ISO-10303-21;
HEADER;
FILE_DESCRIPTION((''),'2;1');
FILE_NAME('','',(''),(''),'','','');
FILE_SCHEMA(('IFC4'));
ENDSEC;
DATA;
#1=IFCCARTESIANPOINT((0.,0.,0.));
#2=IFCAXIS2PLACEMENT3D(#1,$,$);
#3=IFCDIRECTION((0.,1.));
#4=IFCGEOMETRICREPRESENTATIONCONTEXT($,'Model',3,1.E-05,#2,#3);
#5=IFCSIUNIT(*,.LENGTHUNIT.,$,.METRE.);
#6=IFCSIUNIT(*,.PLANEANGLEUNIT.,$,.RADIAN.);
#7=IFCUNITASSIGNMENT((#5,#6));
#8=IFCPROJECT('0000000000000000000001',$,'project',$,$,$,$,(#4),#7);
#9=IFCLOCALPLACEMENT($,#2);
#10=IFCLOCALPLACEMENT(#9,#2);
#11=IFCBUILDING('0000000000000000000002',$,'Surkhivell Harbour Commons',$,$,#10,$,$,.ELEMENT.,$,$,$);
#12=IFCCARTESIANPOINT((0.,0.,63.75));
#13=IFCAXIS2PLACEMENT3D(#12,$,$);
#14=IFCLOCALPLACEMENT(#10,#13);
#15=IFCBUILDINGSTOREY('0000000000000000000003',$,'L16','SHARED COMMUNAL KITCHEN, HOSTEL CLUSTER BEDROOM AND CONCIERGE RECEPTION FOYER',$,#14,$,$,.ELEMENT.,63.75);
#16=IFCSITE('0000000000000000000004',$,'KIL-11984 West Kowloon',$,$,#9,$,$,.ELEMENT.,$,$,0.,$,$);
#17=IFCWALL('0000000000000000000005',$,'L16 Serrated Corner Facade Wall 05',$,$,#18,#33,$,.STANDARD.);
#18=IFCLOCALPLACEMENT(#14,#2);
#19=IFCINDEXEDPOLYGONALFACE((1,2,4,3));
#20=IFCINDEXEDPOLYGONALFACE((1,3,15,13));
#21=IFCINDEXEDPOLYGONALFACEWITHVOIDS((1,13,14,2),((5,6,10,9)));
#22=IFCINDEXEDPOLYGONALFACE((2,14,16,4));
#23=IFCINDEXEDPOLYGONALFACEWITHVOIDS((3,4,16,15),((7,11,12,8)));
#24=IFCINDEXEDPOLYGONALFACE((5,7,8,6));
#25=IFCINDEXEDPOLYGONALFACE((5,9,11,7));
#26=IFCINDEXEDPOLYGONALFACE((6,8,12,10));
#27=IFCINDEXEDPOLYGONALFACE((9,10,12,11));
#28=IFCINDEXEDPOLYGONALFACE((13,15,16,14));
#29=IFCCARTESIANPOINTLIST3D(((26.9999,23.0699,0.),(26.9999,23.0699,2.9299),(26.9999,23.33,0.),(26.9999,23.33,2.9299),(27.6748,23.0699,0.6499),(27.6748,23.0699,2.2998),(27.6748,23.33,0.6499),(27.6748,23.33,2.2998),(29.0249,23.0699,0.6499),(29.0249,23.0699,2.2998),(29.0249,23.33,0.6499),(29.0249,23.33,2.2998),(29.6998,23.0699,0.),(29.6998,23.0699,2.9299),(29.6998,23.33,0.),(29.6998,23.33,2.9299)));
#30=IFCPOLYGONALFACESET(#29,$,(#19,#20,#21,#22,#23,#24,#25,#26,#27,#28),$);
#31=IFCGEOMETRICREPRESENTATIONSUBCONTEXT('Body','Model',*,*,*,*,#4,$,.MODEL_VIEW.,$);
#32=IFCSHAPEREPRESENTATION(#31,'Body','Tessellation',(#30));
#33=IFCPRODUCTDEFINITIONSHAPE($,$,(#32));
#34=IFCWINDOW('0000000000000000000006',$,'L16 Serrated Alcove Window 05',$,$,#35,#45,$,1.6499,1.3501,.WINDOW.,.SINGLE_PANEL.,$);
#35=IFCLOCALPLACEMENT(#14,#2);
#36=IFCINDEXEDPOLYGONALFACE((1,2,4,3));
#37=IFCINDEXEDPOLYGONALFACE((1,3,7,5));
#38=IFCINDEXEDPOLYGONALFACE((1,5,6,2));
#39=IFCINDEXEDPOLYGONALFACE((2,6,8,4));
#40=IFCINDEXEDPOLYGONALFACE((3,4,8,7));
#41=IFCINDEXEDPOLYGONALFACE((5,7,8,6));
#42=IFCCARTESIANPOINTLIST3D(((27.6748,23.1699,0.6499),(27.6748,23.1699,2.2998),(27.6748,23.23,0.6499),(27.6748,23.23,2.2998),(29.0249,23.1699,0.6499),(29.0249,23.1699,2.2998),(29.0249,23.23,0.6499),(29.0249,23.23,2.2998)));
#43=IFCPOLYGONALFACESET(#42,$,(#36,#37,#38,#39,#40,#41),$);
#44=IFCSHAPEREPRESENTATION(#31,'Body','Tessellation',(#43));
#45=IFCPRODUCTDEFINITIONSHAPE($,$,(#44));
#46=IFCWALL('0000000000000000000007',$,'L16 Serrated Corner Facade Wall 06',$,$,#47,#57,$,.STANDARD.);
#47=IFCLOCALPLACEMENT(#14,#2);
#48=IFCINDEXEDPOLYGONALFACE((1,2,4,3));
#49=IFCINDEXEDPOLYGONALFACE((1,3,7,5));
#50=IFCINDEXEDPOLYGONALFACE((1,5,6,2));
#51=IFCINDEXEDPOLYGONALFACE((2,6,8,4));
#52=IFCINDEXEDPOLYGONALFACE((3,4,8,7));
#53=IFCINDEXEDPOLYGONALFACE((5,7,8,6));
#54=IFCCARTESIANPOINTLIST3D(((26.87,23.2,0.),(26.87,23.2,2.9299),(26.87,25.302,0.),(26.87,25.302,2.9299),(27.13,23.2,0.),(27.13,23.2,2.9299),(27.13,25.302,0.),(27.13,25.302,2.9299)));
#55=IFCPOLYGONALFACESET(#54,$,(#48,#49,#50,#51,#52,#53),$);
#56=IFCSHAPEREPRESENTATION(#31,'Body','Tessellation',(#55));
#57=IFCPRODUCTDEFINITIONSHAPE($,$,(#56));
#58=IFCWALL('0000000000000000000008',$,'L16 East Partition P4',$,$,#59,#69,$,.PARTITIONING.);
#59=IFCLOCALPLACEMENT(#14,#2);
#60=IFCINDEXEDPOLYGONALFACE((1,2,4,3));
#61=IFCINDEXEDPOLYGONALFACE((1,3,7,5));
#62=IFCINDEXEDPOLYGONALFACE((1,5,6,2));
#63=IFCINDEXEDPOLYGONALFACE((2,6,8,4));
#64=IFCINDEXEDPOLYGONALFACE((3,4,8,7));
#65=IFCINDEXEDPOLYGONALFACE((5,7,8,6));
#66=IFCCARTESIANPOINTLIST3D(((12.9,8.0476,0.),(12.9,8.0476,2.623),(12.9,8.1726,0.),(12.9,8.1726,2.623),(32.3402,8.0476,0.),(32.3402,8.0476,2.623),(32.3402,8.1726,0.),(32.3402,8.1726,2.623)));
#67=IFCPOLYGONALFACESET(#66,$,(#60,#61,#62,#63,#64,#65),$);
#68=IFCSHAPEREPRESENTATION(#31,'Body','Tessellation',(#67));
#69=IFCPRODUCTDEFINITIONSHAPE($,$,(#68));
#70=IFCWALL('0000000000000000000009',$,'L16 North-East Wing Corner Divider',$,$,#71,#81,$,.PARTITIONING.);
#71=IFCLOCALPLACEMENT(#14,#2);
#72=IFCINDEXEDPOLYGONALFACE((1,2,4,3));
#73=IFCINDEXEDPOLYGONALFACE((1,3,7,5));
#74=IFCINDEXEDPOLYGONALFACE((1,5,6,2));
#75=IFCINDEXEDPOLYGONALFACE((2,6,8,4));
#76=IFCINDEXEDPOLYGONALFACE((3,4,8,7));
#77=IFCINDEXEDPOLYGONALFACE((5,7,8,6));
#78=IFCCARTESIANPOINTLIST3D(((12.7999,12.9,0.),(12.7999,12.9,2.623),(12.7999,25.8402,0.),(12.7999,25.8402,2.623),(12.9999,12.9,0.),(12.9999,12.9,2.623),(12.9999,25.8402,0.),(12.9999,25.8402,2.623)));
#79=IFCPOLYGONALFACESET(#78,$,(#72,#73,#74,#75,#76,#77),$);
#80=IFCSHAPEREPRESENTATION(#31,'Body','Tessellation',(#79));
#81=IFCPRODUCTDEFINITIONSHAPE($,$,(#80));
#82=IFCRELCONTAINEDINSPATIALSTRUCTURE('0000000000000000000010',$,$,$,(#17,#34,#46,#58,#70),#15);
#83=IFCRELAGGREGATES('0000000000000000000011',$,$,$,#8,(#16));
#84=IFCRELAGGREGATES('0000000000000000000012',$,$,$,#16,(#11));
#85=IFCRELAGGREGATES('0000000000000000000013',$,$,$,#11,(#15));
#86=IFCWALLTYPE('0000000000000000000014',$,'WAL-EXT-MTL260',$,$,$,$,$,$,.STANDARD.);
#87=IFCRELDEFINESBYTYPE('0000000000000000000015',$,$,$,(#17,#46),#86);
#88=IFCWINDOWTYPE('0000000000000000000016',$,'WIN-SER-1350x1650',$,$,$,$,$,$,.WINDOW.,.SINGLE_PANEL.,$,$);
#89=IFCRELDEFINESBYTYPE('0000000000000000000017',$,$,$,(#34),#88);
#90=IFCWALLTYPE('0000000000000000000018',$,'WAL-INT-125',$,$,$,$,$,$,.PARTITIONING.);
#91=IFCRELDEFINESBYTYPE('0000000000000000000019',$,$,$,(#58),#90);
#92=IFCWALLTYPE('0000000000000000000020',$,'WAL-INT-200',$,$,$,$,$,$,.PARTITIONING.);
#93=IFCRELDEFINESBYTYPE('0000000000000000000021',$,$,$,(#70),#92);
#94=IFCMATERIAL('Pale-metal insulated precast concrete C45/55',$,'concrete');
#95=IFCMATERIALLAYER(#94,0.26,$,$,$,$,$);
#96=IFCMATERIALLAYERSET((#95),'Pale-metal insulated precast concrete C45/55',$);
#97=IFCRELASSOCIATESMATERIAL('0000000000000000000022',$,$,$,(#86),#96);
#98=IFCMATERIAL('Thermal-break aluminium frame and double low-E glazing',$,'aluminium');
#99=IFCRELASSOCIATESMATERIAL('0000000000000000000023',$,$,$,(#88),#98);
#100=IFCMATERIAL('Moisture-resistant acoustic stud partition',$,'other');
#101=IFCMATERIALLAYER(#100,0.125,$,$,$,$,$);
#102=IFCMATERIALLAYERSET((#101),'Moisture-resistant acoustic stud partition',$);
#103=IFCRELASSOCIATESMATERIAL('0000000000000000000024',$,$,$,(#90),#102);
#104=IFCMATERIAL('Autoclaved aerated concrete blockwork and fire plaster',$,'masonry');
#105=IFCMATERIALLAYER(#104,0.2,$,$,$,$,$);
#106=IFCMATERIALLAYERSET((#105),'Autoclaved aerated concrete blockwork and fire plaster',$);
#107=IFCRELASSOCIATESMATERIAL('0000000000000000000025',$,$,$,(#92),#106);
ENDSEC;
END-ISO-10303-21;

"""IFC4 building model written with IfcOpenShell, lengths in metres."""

from ifc_helpers import new_model, si_unit, direction, frame, frame_2d, origin, place, context, subcontext, project, spatial, rectangle, extrude, material, layer, layer_set, type_object, element, fill, save


model = new_model("IFC4")

# Units and contexts
model_context = context("Model", 3, precision=1e-05, world=origin(), true_north=direction((0.0, 1.0)))
body_context = subcontext(model_context, "Body", "Model", "MODEL_VIEW")
ifc_project = project(units=[si_unit("LENGTHUNIT", "METRE"), si_unit("PLANEANGLEUNIT", "RADIAN")], contexts=[model_context])

# Site, building, storey
site_placement = place(None, origin())
site = spatial("IfcSite", under=ifc_project, at=site_placement, Name="KIL-11984 West Kowloon", CompositionType="ELEMENT", RefElevation=0.0)
building_placement = place(site_placement, origin())
building = spatial("IfcBuilding", under=site, at=building_placement, Name="Surkhivell Harbour Commons", CompositionType="ELEMENT")
storey_placement = place(building_placement, frame((0.0, 0.0, 63.75)))
storey = spatial("IfcBuildingStorey", under=building, at=storey_placement, Name="L16", Description="SHARED COMMUNAL KITCHEN, HOSTEL CLUSTER BEDROOM AND CONCIERGE RECEPTION FOYER", CompositionType="ELEMENT", Elevation=63.75)

# Shared definitions
ifc_material_1 = material(Name="Pale-metal insulated precast concrete C45/55", Category="concrete")
ifc_layer_1 = layer(ifc_material_1, 0.26)
ifc_layer_set_1 = layer_set([ifc_layer_1], Name="Pale-metal insulated precast concrete C45/55")
wall_type_1 = type_object("IfcWallType", Name="WAL-EXT-MTL260", PredefinedType="STANDARD", material=ifc_layer_set_1)

# Wall, opening, window
wall_1_placement = place(storey_placement, frame((29.7, 23.2, 0.0), z_axis=(0.0, 0.0, 1.0), x_axis=(-1.0, 0.0, 0.0)))
wall_1 = element("IfcWall", 1, at=wall_1_placement, inside=storey, type_object=wall_type_1, Name="L16 Serrated Corner Facade Wall 05", PredefinedType="STANDARD", context=body_context, shape_type="SweptSolid", body=[
    extrude(rectangle(XDim=2.7, YDim=0.26, at=frame_2d((1.3501, 0.0))), origin(), (0.0, 0.0, 1.0), 2.9299),
])
opening_placement = place(wall_1_placement, frame((0.675, 0.0, 0.6499)))
opening = element("IfcOpeningElement", 2, at=opening_placement, cuts=wall_1, PredefinedType="OPENING", context=body_context, shape_type="SweptSolid", body=[
    extrude(rectangle(XDim=1.3501, YDim=1.6499, at=frame_2d((0.675, 0.825))), frame((0.0, 0.1399, 0.0), z_axis=(0.0, -1.0, 0.0), x_axis=(1.0, 0.0, 0.0)), (0.0, 0.0, 1.0), 0.28),
])
ifc_material_2 = material(Name="Thermal-break aluminium frame and double low-E glazing", Category="aluminium")
window_type = type_object("IfcWindowType", Name="WIN-SER-1350x1650", PartitioningType="SINGLE_PANEL", PredefinedType="WINDOW", material=ifc_material_2)
window_placement = place(opening_placement, origin())
window = element("IfcWindow", 3, at=window_placement, inside=storey, type_object=window_type, Name="L16 Serrated Alcove Window 05", OverallHeight=1.6499, OverallWidth=1.3501, PartitioningType="SINGLE_PANEL", PredefinedType="WINDOW", context=body_context, shape_type="SweptSolid", body=[
    extrude(rectangle(XDim=1.3501, YDim=1.6499, at=frame_2d((0.675, 0.825))), frame((0.0, 0.03, 0.0), z_axis=(0.0, -1.0, 0.0), x_axis=(1.0, 0.0, 0.0)), (0.0, 0.0, 1.0), 0.0601),
])
fill(opening, window)

# Walls
wall_2_placement = place(storey_placement, frame((27.0, 23.2, 0.0), z_axis=(0.0, 0.0, 1.0), x_axis=(0.0, 1.0, 0.0)))
element("IfcWall", 4, at=wall_2_placement, inside=storey, type_object=wall_type_1, Name="L16 Serrated Corner Facade Wall 06", PredefinedType="STANDARD", context=body_context, shape_type="SweptSolid", body=[
    extrude(rectangle(XDim=2.1021, YDim=0.26, at=frame_2d((1.051, 0.0))), origin(), (0.0, 0.0, 1.0), 2.9299),
])
ifc_material_3 = material(Name="Moisture-resistant acoustic stud partition", Category="other")
ifc_layer_2 = layer(ifc_material_3, 0.125)
ifc_layer_set_2 = layer_set([ifc_layer_2], Name="Moisture-resistant acoustic stud partition")
wall_type_2 = type_object("IfcWallType", Name="WAL-INT-125", PredefinedType="PARTITIONING", material=ifc_layer_set_2)
wall_3_placement = place(storey_placement, frame((12.8999, 8.1101, 0.0), z_axis=(0.0, 0.0, 1.0), x_axis=(1.0, 0.0, 0.0)))
element("IfcWall", 5, at=wall_3_placement, inside=storey, type_object=wall_type_2, Name="L16 East Partition P4", PredefinedType="PARTITIONING", context=body_context, shape_type="SweptSolid", body=[
    extrude(rectangle(XDim=19.4402, YDim=0.125, at=frame_2d((9.7202, 0.0))), origin(), (0.0, 0.0, 1.0), 2.623),
])
ifc_material_4 = material(Name="Autoclaved aerated concrete blockwork and fire plaster", Category="masonry")
ifc_layer_3 = layer(ifc_material_4, 0.2)
ifc_layer_set_3 = layer_set([ifc_layer_3], Name="Autoclaved aerated concrete blockwork and fire plaster")
wall_type_3 = type_object("IfcWallType", Name="WAL-INT-200", PredefinedType="PARTITIONING", material=ifc_layer_set_3)
wall_4_placement = place(storey_placement, frame((12.8999, 12.8999, 0.0), z_axis=(0.0, 0.0, 1.0), x_axis=(0.0, 1.0, 0.0)))
element("IfcWall", 6, at=wall_4_placement, inside=storey, type_object=wall_type_3, Name="L16 North-East Wing Corner Divider", PredefinedType="PARTITIONING", context=body_context, shape_type="SweptSolid", body=[
    extrude(rectangle(XDim=12.9402, YDim=0.2, at=frame_2d((6.4702, 0.0))), origin(), (0.0, 0.0, 1.0), 2.623),
])

save(model, "model.ifc")
